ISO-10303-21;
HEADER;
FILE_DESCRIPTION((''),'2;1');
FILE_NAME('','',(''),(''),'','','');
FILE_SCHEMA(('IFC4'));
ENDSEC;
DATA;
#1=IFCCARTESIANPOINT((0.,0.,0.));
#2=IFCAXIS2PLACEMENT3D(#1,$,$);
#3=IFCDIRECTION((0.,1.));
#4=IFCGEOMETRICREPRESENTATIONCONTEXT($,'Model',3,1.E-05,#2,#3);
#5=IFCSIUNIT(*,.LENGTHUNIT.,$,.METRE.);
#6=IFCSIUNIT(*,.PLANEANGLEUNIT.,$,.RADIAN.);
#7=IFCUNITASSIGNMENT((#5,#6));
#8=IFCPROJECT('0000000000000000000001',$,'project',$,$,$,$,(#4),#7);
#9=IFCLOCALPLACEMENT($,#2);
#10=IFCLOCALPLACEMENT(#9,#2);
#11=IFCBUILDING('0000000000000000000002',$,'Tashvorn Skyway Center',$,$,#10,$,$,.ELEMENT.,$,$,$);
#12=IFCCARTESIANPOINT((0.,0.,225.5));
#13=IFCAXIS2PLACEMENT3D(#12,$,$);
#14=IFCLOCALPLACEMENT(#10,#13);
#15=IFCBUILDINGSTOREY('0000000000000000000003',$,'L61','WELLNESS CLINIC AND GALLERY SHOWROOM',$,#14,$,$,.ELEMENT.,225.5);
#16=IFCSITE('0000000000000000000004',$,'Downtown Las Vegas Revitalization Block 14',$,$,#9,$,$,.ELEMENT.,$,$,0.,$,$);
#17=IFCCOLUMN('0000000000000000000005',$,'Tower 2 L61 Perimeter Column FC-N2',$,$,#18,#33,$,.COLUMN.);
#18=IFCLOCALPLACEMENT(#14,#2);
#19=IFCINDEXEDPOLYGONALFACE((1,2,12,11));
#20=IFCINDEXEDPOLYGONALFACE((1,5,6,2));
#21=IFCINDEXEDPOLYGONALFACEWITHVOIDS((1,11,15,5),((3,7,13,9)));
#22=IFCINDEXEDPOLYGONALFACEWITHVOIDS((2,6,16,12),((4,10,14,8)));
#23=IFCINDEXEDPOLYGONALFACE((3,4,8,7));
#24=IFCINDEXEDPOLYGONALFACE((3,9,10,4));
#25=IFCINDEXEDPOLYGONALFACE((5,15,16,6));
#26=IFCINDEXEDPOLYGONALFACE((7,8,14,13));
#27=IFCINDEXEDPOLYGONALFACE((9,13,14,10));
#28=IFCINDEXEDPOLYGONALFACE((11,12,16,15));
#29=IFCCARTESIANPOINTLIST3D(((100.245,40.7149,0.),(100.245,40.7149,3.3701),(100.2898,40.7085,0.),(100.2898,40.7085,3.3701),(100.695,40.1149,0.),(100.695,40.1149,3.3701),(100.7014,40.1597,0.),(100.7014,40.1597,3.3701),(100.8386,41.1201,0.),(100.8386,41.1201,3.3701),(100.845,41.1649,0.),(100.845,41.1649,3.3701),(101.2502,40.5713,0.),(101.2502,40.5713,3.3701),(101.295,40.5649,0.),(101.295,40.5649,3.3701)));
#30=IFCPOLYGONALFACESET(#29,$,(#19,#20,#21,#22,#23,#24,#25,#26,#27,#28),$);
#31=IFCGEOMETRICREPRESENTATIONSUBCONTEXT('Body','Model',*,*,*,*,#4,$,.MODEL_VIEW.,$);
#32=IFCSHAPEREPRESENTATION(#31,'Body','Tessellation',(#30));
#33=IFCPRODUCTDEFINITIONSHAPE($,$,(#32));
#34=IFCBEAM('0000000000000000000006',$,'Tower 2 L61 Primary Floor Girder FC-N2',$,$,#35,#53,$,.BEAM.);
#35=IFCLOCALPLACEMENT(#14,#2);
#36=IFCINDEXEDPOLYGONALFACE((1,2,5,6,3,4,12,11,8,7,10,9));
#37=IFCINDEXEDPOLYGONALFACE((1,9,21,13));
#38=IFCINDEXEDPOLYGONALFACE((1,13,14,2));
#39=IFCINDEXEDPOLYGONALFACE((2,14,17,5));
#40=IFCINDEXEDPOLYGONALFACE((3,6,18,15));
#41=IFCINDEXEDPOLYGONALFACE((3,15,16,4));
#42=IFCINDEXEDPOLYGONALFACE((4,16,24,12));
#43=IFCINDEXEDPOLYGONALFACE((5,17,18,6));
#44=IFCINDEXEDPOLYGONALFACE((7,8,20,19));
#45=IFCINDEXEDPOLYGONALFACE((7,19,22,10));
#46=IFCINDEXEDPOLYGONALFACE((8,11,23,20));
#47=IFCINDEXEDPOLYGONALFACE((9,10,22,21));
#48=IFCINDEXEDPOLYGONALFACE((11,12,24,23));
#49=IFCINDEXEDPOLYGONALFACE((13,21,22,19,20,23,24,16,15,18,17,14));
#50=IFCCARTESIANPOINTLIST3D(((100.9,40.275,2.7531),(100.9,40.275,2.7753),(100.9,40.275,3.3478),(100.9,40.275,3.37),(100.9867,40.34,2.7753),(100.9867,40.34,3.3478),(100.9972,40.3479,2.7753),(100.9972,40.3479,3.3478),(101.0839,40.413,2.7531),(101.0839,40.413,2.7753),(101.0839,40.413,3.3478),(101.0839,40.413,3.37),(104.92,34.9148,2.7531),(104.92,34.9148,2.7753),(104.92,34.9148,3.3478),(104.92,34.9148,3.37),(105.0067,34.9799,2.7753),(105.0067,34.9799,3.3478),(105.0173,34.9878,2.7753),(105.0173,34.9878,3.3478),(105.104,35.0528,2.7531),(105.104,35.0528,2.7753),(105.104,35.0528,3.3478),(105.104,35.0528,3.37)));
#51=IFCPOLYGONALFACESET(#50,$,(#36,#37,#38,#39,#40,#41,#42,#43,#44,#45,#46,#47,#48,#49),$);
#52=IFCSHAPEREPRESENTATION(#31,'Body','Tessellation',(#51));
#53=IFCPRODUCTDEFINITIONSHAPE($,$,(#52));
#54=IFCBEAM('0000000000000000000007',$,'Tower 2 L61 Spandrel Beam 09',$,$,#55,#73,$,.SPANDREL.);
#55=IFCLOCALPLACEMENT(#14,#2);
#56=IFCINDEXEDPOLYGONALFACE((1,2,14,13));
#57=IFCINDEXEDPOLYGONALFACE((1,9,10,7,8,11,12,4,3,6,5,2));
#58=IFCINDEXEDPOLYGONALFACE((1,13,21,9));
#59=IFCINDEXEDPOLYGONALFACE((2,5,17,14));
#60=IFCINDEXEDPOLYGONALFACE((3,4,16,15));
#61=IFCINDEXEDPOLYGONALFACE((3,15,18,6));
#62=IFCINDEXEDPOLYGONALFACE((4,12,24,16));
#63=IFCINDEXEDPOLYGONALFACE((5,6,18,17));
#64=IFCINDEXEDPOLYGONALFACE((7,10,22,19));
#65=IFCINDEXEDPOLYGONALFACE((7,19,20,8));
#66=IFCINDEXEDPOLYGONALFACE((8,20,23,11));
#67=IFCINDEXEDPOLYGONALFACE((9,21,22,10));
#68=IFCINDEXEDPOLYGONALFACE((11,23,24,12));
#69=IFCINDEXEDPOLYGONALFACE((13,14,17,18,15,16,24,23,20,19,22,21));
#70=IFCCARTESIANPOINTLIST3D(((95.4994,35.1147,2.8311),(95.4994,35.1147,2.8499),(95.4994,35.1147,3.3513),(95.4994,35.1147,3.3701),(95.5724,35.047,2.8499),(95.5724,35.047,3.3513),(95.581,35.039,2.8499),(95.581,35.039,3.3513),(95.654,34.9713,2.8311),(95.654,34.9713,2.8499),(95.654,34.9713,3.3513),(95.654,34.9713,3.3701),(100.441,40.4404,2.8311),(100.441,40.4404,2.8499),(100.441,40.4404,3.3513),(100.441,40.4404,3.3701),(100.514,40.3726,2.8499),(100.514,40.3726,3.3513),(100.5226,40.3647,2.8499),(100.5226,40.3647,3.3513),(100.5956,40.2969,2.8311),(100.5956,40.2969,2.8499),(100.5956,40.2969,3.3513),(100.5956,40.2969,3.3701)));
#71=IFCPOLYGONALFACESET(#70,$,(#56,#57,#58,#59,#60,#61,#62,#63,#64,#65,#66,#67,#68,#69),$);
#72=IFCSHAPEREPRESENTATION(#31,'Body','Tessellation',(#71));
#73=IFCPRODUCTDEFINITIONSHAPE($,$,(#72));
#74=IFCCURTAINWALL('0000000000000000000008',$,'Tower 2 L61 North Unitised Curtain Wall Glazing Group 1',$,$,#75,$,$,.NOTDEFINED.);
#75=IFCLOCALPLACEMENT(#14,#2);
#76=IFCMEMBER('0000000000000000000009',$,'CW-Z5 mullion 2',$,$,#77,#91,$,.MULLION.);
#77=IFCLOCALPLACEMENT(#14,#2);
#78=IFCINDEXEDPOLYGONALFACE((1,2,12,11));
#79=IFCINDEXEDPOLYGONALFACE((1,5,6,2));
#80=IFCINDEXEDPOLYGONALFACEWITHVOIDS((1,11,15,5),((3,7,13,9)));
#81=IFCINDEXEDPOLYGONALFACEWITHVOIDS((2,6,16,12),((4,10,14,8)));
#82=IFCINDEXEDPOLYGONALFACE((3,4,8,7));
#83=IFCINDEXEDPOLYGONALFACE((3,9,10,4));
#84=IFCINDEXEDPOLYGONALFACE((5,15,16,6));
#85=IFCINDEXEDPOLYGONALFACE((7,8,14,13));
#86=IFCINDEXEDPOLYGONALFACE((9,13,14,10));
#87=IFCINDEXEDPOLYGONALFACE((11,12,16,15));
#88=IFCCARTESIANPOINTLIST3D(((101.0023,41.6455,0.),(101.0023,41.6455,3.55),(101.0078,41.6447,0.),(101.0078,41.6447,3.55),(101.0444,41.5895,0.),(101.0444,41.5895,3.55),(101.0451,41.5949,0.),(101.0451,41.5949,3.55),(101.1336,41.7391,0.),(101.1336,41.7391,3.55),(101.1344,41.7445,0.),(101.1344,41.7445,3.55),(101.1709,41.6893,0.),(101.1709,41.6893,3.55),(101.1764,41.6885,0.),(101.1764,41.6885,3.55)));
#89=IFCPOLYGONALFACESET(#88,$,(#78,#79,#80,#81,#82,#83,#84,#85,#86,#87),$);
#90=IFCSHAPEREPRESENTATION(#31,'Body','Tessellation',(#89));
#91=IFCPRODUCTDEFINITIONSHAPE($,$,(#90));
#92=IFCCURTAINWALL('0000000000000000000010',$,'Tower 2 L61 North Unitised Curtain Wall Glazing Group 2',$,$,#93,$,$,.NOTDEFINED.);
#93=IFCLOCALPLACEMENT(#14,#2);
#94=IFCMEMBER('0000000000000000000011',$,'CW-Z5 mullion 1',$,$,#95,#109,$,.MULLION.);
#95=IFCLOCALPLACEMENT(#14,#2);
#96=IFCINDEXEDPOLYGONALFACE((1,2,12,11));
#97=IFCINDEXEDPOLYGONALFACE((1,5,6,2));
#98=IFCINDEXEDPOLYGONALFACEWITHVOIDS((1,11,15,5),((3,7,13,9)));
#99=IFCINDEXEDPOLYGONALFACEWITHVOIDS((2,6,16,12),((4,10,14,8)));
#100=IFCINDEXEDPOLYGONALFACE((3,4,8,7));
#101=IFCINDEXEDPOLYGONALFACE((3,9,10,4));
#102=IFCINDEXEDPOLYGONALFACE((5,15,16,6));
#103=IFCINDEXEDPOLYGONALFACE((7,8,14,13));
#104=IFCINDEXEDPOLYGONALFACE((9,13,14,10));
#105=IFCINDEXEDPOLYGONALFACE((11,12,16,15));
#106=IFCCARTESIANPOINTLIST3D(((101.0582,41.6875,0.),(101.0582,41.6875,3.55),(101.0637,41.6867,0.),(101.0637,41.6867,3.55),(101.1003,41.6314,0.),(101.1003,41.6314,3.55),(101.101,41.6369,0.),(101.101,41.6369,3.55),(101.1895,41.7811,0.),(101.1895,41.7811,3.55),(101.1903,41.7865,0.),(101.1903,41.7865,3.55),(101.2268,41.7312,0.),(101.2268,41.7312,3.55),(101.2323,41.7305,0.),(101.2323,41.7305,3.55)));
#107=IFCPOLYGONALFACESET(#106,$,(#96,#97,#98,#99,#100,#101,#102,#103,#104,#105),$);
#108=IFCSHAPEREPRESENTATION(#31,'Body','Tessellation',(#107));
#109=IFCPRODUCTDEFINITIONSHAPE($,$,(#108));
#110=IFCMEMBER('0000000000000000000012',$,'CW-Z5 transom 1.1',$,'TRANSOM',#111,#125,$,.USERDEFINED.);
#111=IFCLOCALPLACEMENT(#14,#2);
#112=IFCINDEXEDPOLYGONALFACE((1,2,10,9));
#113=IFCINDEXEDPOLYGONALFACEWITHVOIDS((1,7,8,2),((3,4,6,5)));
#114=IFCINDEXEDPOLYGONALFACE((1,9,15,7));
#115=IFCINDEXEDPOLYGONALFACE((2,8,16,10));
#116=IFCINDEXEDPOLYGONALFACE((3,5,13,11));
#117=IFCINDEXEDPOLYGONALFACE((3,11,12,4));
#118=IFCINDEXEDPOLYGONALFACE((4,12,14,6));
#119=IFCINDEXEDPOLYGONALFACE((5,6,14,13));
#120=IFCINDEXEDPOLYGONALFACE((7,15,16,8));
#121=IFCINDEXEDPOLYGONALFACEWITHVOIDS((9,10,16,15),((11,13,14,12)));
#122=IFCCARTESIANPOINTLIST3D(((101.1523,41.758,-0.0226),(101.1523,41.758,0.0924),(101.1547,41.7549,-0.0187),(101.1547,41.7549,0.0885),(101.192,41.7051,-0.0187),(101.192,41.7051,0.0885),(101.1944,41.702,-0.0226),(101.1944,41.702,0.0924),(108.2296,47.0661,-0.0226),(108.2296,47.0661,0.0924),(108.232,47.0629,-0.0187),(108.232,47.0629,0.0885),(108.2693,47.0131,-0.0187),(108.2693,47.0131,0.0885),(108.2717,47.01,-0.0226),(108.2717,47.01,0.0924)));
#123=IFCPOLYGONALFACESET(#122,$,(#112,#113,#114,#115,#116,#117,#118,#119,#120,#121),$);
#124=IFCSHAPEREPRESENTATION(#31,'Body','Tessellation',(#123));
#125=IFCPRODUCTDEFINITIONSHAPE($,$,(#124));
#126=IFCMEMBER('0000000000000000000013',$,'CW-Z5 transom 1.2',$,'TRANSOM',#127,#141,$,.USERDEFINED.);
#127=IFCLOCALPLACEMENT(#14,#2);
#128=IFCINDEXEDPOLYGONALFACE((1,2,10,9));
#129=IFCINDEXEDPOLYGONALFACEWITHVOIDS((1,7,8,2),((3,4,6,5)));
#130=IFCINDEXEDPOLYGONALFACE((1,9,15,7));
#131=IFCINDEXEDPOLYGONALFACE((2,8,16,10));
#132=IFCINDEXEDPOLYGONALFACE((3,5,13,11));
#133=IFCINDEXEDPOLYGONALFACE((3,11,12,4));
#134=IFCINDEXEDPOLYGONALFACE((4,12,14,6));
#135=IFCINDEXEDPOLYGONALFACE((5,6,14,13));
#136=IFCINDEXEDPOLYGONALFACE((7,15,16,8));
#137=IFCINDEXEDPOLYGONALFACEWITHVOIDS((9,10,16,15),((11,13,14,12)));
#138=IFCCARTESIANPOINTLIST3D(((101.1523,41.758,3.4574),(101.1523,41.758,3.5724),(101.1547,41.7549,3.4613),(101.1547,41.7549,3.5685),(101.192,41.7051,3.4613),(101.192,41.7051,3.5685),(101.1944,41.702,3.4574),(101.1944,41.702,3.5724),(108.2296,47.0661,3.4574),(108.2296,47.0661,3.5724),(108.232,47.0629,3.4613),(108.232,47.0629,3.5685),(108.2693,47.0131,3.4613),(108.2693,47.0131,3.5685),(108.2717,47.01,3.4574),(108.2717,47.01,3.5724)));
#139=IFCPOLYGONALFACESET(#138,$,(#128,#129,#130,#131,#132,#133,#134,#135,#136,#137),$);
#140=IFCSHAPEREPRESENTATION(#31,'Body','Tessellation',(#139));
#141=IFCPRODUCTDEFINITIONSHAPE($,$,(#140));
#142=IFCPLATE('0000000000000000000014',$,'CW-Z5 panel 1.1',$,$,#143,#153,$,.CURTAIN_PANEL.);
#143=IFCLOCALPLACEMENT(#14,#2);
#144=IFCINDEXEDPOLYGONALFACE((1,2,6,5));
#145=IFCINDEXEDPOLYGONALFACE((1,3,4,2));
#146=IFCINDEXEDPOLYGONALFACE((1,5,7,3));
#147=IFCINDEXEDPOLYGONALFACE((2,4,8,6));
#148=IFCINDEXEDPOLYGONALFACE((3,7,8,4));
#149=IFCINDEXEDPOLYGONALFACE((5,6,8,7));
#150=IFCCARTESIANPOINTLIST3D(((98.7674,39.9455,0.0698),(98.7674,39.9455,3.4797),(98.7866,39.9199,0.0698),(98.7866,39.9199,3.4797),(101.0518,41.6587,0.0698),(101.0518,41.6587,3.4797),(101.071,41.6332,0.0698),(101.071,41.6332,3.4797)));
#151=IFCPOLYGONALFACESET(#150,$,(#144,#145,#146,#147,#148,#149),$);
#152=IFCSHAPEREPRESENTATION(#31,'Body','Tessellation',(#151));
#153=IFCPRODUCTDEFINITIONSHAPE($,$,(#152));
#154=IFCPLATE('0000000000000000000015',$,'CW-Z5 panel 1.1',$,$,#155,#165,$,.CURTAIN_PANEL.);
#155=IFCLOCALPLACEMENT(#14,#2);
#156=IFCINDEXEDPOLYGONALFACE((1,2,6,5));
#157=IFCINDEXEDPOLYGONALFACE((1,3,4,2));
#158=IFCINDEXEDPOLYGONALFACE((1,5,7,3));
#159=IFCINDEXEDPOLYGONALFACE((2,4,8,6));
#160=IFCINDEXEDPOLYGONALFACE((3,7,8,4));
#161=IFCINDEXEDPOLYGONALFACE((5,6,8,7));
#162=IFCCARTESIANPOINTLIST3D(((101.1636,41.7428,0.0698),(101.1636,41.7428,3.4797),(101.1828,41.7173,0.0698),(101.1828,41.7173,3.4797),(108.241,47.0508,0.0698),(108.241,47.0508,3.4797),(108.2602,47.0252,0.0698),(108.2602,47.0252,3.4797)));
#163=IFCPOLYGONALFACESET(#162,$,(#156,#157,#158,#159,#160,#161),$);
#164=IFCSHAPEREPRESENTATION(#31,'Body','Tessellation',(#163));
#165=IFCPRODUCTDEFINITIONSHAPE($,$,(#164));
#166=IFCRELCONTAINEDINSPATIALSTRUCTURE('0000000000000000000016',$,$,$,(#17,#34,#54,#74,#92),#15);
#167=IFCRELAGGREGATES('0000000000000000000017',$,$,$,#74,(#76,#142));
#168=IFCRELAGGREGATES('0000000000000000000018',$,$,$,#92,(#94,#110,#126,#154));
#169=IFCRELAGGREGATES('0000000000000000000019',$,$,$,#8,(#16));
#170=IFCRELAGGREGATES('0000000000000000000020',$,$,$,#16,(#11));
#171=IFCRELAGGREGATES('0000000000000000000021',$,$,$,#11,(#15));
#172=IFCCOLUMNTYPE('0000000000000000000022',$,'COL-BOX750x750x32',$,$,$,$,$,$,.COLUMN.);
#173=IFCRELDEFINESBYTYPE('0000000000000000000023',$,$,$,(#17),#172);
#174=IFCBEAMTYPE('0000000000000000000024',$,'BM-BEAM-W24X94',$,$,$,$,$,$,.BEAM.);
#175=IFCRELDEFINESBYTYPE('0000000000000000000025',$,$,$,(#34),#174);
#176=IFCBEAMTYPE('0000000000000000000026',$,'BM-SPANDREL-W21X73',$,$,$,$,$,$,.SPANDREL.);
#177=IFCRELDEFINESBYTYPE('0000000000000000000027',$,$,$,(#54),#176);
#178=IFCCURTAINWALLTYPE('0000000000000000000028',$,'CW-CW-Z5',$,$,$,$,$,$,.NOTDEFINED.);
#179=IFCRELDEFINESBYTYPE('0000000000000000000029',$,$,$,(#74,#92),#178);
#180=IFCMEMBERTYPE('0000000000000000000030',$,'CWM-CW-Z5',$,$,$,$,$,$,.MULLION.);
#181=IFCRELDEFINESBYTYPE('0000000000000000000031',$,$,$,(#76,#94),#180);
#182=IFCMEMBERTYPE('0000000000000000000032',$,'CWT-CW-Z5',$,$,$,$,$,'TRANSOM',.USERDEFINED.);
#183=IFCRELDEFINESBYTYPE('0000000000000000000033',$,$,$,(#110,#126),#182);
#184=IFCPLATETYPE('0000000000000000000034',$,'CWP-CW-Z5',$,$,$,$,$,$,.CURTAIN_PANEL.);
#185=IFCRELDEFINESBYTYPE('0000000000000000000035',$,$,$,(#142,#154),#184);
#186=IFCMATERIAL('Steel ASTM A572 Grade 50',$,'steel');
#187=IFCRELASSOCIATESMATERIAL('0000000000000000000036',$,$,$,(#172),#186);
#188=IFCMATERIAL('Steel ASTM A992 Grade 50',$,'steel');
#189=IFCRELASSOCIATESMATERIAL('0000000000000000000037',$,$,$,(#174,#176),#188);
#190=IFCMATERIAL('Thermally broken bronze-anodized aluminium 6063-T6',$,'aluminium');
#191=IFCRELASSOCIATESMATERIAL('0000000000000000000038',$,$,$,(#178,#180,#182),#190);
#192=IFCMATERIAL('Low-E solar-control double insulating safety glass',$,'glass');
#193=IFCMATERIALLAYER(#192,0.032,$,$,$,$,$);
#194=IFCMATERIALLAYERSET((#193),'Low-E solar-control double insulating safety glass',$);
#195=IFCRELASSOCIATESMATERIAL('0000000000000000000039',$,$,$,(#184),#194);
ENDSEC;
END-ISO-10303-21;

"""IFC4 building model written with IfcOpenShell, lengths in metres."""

from ifc_helpers import new_model, si_unit, direction, frame, origin, origin_2d, place, context, subcontext, project, spatial, rectangle, hollow_rectangle, i_section, extrude, material, layer, layer_set, material_profile, profile_set, type_object, element, aggregate, save


model = new_model("IFC4")

# Units and contexts
model_context = context("Model", 3, precision=1e-05, world=origin(), true_north=direction((0.0, 1.0)))
body_context = subcontext(model_context, "Body", "Model", "MODEL_VIEW")
ifc_project = project(units=[si_unit("LENGTHUNIT", "METRE"), si_unit("PLANEANGLEUNIT", "RADIAN")], contexts=[model_context])

# Site, building, storey
site_placement = place(None, origin())
site = spatial("IfcSite", under=ifc_project, at=site_placement, Name="Downtown Las Vegas Revitalization Block 14", CompositionType="ELEMENT", RefElevation=0.0)
building_placement = place(site_placement, origin())
building = spatial("IfcBuilding", under=site, at=building_placement, Name="Tashvorn Skyway Center", CompositionType="ELEMENT")
storey_placement = place(building_placement, frame((0.0, 0.0, 225.5)))
storey = spatial("IfcBuildingStorey", under=building, at=storey_placement, Name="L61", Description="WELLNESS CLINIC AND GALLERY SHOWROOM", CompositionType="ELEMENT", Elevation=225.5)

# Column
ifc_material_1 = material(Name="Steel ASTM A572 Grade 50", Category="steel")
ifc_material_profile_1 = material_profile(ifc_material_1, hollow_rectangle(XDim=0.75, YDim=0.75, WallThickness=0.032, at=origin_2d()), Name="BOX750x750x32")
ifc_profile_set_1 = profile_set([ifc_material_profile_1], Name="Steel ASTM A572 Grade 50")
column_type = type_object("IfcColumnType", Name="COL-BOX750x750x32", PredefinedType="COLUMN", material=ifc_profile_set_1)
column_placement = place(storey_placement, frame((100.77, 40.6399, 0.0), z_axis=(0.0, 0.0, 1.0), x_axis=(0.8, 0.6, 0.0)))
element("IfcColumn", 1, at=column_placement, inside=storey, type_object=column_type, Name="Tower 2 L61 Perimeter Column FC-N2", PredefinedType="COLUMN", context=body_context, shape_type="SweptSolid", body=[
    extrude(hollow_rectangle(XDim=0.75, YDim=0.75, WallThickness=0.032, at=origin_2d()), origin(), (0.0, 0.0, 1.0), 3.3701),
])

# Beams
ifc_material_2 = material(Name="Steel ASTM A992 Grade 50", Category="steel")
ifc_material_profile_2 = material_profile(ifc_material_2, i_section(OverallWidth=0.23, OverallDepth=0.6169, WebThickness=0.0132, FlangeThickness=0.0222, at=origin_2d()), Name="W24X94")
ifc_profile_set_2 = profile_set([ifc_material_profile_2], Name="Steel ASTM A992 Grade 50")
beam_type_1 = type_object("IfcBeamType", Name="BM-BEAM-W24X94", PredefinedType="BEAM", material=ifc_profile_set_2)
beam_1_placement = place(storey_placement, frame((100.9919, 40.344, 3.0615), z_axis=(0.599994, -0.800004, 0.0), x_axis=(0.800004, 0.599994, 0.0)))
element("IfcBeam", 2, at=beam_1_placement, inside=storey, type_object=beam_type_1, Name="Tower 2 L61 Primary Floor Girder FC-N2", PredefinedType="BEAM", context=body_context, shape_type="SweptSolid", body=[
    extrude(i_section(OverallWidth=0.23, OverallDepth=0.6169, WebThickness=0.0132, FlangeThickness=0.0222, at=origin_2d()), origin(), (0.0, 0.0, 1.0), 6.7002),
])
ifc_material_profile_3 = material_profile(ifc_material_2, i_section(OverallWidth=0.2109, OverallDepth=0.5391, WebThickness=0.0117, FlangeThickness=0.0188, at=origin_2d()), Name="W21X73")
ifc_profile_set_3 = profile_set([ifc_material_profile_3], Name="Steel ASTM A992 Grade 50")
beam_type_2 = type_object("IfcBeamType", Name="BM-SPANDREL-W21X73", PredefinedType="SPANDREL", material=ifc_profile_set_3)
beam_2_placement = place(storey_placement, frame((100.5183, 40.3687, 3.1006), z_axis=(-0.680183, -0.733042, 0.0), x_axis=(0.733042, -0.680183, 0.0)))
element("IfcBeam", 3, at=beam_2_placement, inside=storey, type_object=beam_type_2, Name="Tower 2 L61 Spandrel Beam 09", PredefinedType="SPANDREL", context=body_context, shape_type="SweptSolid", body=[
    extrude(i_section(OverallWidth=0.2109, OverallDepth=0.5391, WebThickness=0.0117, FlangeThickness=0.0188, at=origin_2d()), origin(), (0.0, 0.0, 1.0), 7.2651),
])

# Curtain wall, member
ifc_material_3 = material(Name="Thermally broken bronze-anodized aluminium 6063-T6", Category="aluminium")
curtain_wall_type = type_object("IfcCurtainWallType", Name="CW-CW-Z5", PredefinedType="NOTDEFINED", material=ifc_material_3)
curtain_wall_1_placement = place(storey_placement, origin())
curtain_wall_1 = element("IfcCurtainWall", 4, at=curtain_wall_1_placement, inside=storey, type_object=curtain_wall_type, Name="Tower 2 L61 North Unitised Curtain Wall Glazing Group 1", PredefinedType="NOTDEFINED")
ifc_material_profile_4 = material_profile(ifc_material_3, hollow_rectangle(XDim=0.0701, YDim=0.165, WallThickness=0.0039, at=origin_2d()), Name="ALU-MULL-70x165")
ifc_profile_set_4 = profile_set([ifc_material_profile_4], Name="Thermally broken bronze-anodized aluminium 6063-T6")
member_type_1 = type_object("IfcMemberType", Name="CWM-CW-Z5", PredefinedType="MULLION", material=ifc_profile_set_4)
member_1_placement = place(storey_placement, frame((101.0894, 41.667, 0.0), z_axis=(0.0, 0.0, 1.0), x_axis=(-0.6, 0.8, 0.0)))
member_1 = element("IfcMember", 5, at=member_1_placement, type_object=member_type_1, Name="CW-Z5 mullion 2", PredefinedType="MULLION", context=body_context, shape_type="SweptSolid", body=[
    extrude(hollow_rectangle(XDim=0.0701, YDim=0.165, WallThickness=0.0039, at=origin_2d()), origin(), (0.0, 0.0, 1.0), 3.55),
])

# Curtain wall, members
curtain_wall_2_placement = place(storey_placement, origin())
curtain_wall_2 = element("IfcCurtainWall", 6, at=curtain_wall_2_placement, inside=storey, type_object=curtain_wall_type, Name="Tower 2 L61 North Unitised Curtain Wall Glazing Group 2", PredefinedType="NOTDEFINED")
member_2_placement = place(storey_placement, frame((101.1453, 41.709, 0.0), z_axis=(0.0, 0.0, 1.0), x_axis=(-0.599996, 0.800003, 0.0)))
member_2 = element("IfcMember", 7, at=member_2_placement, type_object=member_type_1, Name="CW-Z5 mullion 1", PredefinedType="MULLION", context=body_context, shape_type="SweptSolid", body=[
    extrude(hollow_rectangle(XDim=0.0701, YDim=0.165, WallThickness=0.0039, at=origin_2d()), origin(), (0.0, 0.0, 1.0), 3.55),
])
ifc_material_profile_5 = material_profile(ifc_material_3, hollow_rectangle(XDim=0.0701, YDim=0.115, WallThickness=0.0039, at=origin_2d()), Name="ALU-TRAN-70x115")
ifc_profile_set_5 = profile_set([ifc_material_profile_5], Name="Thermally broken bronze-anodized aluminium 6063-T6")
member_type_2 = type_object("IfcMemberType", Name="CWT-CW-Z5", ElementType="TRANSOM", PredefinedType="USERDEFINED", material=ifc_profile_set_5)
member_3_placement = place(storey_placement, frame((101.1733, 41.73, 0.0349), z_axis=(0.799997, 0.600004, 0.0), x_axis=(-0.600004, 0.799997, 0.0)))
member_3 = element("IfcMember", 8, at=member_3_placement, type_object=member_type_2, Name="CW-Z5 transom 1.1", ObjectType="TRANSOM", PredefinedType="USERDEFINED", context=body_context, shape_type="SweptSolid", body=[
    extrude(hollow_rectangle(XDim=0.0701, YDim=0.115, WallThickness=0.0039, at=origin_2d()), origin(), (0.0, 0.0, 1.0), 8.8467),
])
member_4_placement = place(storey_placement, frame((101.1733, 41.73, 3.5149), z_axis=(0.799997, 0.600004, 0.0), x_axis=(-0.600004, 0.799997, 0.0)))
member_4 = element("IfcMember", 9, at=member_4_placement, type_object=member_type_2, Name="CW-Z5 transom 1.2", ObjectType="TRANSOM", PredefinedType="USERDEFINED", context=body_context, shape_type="SweptSolid", body=[
    extrude(hollow_rectangle(XDim=0.0701, YDim=0.115, WallThickness=0.0039, at=origin_2d()), origin(), (0.0, 0.0, 1.0), 8.8467),
])

# Plates
ifc_material_4 = material(Name="Low-E solar-control double insulating safety glass", Category="glass")
ifc_layer_1 = layer(ifc_material_4, 0.032)
ifc_layer_set_1 = layer_set([ifc_layer_1], Name="Low-E solar-control double insulating safety glass")
plate_type = type_object("IfcPlateType", Name="CWP-CW-Z5", PredefinedType="CURTAIN_PANEL", material=ifc_layer_set_1)
plate_1_placement = place(storey_placement, frame((99.9192, 40.7893, 0.0698), z_axis=(0.0, 0.0, 1.0), x_axis=(0.8, 0.6, 0.0)))
plate_1 = element("IfcPlate", 10, at=plate_1_placement, type_object=plate_type, Name="CW-Z5 panel 1.1", PredefinedType="CURTAIN_PANEL", context=body_context, shape_type="SweptSolid", body=[
    extrude(rectangle(XDim=2.8555, YDim=0.032, at=origin_2d()), origin(), (0.0, 0.0, 1.0), 3.4099),
])
aggregate(curtain_wall_1, [member_1, plate_1])
plate_2_placement = place(storey_placement, frame((104.7119, 44.384, 0.0698), z_axis=(0.0, 0.0, 1.0), x_axis=(0.800003, 0.599996, 0.0)))
plate_2 = element("IfcPlate", 11, at=plate_2_placement, type_object=plate_type, Name="CW-Z5 panel 1.1", PredefinedType="CURTAIN_PANEL", context=body_context, shape_type="SweptSolid", body=[
    extrude(rectangle(XDim=8.8467, YDim=0.032, at=origin_2d()), origin(), (0.0, 0.0, 1.0), 3.4099),
])
aggregate(curtain_wall_2, [member_2, member_3, member_4, plate_2])

save(model, "model.ifc")
